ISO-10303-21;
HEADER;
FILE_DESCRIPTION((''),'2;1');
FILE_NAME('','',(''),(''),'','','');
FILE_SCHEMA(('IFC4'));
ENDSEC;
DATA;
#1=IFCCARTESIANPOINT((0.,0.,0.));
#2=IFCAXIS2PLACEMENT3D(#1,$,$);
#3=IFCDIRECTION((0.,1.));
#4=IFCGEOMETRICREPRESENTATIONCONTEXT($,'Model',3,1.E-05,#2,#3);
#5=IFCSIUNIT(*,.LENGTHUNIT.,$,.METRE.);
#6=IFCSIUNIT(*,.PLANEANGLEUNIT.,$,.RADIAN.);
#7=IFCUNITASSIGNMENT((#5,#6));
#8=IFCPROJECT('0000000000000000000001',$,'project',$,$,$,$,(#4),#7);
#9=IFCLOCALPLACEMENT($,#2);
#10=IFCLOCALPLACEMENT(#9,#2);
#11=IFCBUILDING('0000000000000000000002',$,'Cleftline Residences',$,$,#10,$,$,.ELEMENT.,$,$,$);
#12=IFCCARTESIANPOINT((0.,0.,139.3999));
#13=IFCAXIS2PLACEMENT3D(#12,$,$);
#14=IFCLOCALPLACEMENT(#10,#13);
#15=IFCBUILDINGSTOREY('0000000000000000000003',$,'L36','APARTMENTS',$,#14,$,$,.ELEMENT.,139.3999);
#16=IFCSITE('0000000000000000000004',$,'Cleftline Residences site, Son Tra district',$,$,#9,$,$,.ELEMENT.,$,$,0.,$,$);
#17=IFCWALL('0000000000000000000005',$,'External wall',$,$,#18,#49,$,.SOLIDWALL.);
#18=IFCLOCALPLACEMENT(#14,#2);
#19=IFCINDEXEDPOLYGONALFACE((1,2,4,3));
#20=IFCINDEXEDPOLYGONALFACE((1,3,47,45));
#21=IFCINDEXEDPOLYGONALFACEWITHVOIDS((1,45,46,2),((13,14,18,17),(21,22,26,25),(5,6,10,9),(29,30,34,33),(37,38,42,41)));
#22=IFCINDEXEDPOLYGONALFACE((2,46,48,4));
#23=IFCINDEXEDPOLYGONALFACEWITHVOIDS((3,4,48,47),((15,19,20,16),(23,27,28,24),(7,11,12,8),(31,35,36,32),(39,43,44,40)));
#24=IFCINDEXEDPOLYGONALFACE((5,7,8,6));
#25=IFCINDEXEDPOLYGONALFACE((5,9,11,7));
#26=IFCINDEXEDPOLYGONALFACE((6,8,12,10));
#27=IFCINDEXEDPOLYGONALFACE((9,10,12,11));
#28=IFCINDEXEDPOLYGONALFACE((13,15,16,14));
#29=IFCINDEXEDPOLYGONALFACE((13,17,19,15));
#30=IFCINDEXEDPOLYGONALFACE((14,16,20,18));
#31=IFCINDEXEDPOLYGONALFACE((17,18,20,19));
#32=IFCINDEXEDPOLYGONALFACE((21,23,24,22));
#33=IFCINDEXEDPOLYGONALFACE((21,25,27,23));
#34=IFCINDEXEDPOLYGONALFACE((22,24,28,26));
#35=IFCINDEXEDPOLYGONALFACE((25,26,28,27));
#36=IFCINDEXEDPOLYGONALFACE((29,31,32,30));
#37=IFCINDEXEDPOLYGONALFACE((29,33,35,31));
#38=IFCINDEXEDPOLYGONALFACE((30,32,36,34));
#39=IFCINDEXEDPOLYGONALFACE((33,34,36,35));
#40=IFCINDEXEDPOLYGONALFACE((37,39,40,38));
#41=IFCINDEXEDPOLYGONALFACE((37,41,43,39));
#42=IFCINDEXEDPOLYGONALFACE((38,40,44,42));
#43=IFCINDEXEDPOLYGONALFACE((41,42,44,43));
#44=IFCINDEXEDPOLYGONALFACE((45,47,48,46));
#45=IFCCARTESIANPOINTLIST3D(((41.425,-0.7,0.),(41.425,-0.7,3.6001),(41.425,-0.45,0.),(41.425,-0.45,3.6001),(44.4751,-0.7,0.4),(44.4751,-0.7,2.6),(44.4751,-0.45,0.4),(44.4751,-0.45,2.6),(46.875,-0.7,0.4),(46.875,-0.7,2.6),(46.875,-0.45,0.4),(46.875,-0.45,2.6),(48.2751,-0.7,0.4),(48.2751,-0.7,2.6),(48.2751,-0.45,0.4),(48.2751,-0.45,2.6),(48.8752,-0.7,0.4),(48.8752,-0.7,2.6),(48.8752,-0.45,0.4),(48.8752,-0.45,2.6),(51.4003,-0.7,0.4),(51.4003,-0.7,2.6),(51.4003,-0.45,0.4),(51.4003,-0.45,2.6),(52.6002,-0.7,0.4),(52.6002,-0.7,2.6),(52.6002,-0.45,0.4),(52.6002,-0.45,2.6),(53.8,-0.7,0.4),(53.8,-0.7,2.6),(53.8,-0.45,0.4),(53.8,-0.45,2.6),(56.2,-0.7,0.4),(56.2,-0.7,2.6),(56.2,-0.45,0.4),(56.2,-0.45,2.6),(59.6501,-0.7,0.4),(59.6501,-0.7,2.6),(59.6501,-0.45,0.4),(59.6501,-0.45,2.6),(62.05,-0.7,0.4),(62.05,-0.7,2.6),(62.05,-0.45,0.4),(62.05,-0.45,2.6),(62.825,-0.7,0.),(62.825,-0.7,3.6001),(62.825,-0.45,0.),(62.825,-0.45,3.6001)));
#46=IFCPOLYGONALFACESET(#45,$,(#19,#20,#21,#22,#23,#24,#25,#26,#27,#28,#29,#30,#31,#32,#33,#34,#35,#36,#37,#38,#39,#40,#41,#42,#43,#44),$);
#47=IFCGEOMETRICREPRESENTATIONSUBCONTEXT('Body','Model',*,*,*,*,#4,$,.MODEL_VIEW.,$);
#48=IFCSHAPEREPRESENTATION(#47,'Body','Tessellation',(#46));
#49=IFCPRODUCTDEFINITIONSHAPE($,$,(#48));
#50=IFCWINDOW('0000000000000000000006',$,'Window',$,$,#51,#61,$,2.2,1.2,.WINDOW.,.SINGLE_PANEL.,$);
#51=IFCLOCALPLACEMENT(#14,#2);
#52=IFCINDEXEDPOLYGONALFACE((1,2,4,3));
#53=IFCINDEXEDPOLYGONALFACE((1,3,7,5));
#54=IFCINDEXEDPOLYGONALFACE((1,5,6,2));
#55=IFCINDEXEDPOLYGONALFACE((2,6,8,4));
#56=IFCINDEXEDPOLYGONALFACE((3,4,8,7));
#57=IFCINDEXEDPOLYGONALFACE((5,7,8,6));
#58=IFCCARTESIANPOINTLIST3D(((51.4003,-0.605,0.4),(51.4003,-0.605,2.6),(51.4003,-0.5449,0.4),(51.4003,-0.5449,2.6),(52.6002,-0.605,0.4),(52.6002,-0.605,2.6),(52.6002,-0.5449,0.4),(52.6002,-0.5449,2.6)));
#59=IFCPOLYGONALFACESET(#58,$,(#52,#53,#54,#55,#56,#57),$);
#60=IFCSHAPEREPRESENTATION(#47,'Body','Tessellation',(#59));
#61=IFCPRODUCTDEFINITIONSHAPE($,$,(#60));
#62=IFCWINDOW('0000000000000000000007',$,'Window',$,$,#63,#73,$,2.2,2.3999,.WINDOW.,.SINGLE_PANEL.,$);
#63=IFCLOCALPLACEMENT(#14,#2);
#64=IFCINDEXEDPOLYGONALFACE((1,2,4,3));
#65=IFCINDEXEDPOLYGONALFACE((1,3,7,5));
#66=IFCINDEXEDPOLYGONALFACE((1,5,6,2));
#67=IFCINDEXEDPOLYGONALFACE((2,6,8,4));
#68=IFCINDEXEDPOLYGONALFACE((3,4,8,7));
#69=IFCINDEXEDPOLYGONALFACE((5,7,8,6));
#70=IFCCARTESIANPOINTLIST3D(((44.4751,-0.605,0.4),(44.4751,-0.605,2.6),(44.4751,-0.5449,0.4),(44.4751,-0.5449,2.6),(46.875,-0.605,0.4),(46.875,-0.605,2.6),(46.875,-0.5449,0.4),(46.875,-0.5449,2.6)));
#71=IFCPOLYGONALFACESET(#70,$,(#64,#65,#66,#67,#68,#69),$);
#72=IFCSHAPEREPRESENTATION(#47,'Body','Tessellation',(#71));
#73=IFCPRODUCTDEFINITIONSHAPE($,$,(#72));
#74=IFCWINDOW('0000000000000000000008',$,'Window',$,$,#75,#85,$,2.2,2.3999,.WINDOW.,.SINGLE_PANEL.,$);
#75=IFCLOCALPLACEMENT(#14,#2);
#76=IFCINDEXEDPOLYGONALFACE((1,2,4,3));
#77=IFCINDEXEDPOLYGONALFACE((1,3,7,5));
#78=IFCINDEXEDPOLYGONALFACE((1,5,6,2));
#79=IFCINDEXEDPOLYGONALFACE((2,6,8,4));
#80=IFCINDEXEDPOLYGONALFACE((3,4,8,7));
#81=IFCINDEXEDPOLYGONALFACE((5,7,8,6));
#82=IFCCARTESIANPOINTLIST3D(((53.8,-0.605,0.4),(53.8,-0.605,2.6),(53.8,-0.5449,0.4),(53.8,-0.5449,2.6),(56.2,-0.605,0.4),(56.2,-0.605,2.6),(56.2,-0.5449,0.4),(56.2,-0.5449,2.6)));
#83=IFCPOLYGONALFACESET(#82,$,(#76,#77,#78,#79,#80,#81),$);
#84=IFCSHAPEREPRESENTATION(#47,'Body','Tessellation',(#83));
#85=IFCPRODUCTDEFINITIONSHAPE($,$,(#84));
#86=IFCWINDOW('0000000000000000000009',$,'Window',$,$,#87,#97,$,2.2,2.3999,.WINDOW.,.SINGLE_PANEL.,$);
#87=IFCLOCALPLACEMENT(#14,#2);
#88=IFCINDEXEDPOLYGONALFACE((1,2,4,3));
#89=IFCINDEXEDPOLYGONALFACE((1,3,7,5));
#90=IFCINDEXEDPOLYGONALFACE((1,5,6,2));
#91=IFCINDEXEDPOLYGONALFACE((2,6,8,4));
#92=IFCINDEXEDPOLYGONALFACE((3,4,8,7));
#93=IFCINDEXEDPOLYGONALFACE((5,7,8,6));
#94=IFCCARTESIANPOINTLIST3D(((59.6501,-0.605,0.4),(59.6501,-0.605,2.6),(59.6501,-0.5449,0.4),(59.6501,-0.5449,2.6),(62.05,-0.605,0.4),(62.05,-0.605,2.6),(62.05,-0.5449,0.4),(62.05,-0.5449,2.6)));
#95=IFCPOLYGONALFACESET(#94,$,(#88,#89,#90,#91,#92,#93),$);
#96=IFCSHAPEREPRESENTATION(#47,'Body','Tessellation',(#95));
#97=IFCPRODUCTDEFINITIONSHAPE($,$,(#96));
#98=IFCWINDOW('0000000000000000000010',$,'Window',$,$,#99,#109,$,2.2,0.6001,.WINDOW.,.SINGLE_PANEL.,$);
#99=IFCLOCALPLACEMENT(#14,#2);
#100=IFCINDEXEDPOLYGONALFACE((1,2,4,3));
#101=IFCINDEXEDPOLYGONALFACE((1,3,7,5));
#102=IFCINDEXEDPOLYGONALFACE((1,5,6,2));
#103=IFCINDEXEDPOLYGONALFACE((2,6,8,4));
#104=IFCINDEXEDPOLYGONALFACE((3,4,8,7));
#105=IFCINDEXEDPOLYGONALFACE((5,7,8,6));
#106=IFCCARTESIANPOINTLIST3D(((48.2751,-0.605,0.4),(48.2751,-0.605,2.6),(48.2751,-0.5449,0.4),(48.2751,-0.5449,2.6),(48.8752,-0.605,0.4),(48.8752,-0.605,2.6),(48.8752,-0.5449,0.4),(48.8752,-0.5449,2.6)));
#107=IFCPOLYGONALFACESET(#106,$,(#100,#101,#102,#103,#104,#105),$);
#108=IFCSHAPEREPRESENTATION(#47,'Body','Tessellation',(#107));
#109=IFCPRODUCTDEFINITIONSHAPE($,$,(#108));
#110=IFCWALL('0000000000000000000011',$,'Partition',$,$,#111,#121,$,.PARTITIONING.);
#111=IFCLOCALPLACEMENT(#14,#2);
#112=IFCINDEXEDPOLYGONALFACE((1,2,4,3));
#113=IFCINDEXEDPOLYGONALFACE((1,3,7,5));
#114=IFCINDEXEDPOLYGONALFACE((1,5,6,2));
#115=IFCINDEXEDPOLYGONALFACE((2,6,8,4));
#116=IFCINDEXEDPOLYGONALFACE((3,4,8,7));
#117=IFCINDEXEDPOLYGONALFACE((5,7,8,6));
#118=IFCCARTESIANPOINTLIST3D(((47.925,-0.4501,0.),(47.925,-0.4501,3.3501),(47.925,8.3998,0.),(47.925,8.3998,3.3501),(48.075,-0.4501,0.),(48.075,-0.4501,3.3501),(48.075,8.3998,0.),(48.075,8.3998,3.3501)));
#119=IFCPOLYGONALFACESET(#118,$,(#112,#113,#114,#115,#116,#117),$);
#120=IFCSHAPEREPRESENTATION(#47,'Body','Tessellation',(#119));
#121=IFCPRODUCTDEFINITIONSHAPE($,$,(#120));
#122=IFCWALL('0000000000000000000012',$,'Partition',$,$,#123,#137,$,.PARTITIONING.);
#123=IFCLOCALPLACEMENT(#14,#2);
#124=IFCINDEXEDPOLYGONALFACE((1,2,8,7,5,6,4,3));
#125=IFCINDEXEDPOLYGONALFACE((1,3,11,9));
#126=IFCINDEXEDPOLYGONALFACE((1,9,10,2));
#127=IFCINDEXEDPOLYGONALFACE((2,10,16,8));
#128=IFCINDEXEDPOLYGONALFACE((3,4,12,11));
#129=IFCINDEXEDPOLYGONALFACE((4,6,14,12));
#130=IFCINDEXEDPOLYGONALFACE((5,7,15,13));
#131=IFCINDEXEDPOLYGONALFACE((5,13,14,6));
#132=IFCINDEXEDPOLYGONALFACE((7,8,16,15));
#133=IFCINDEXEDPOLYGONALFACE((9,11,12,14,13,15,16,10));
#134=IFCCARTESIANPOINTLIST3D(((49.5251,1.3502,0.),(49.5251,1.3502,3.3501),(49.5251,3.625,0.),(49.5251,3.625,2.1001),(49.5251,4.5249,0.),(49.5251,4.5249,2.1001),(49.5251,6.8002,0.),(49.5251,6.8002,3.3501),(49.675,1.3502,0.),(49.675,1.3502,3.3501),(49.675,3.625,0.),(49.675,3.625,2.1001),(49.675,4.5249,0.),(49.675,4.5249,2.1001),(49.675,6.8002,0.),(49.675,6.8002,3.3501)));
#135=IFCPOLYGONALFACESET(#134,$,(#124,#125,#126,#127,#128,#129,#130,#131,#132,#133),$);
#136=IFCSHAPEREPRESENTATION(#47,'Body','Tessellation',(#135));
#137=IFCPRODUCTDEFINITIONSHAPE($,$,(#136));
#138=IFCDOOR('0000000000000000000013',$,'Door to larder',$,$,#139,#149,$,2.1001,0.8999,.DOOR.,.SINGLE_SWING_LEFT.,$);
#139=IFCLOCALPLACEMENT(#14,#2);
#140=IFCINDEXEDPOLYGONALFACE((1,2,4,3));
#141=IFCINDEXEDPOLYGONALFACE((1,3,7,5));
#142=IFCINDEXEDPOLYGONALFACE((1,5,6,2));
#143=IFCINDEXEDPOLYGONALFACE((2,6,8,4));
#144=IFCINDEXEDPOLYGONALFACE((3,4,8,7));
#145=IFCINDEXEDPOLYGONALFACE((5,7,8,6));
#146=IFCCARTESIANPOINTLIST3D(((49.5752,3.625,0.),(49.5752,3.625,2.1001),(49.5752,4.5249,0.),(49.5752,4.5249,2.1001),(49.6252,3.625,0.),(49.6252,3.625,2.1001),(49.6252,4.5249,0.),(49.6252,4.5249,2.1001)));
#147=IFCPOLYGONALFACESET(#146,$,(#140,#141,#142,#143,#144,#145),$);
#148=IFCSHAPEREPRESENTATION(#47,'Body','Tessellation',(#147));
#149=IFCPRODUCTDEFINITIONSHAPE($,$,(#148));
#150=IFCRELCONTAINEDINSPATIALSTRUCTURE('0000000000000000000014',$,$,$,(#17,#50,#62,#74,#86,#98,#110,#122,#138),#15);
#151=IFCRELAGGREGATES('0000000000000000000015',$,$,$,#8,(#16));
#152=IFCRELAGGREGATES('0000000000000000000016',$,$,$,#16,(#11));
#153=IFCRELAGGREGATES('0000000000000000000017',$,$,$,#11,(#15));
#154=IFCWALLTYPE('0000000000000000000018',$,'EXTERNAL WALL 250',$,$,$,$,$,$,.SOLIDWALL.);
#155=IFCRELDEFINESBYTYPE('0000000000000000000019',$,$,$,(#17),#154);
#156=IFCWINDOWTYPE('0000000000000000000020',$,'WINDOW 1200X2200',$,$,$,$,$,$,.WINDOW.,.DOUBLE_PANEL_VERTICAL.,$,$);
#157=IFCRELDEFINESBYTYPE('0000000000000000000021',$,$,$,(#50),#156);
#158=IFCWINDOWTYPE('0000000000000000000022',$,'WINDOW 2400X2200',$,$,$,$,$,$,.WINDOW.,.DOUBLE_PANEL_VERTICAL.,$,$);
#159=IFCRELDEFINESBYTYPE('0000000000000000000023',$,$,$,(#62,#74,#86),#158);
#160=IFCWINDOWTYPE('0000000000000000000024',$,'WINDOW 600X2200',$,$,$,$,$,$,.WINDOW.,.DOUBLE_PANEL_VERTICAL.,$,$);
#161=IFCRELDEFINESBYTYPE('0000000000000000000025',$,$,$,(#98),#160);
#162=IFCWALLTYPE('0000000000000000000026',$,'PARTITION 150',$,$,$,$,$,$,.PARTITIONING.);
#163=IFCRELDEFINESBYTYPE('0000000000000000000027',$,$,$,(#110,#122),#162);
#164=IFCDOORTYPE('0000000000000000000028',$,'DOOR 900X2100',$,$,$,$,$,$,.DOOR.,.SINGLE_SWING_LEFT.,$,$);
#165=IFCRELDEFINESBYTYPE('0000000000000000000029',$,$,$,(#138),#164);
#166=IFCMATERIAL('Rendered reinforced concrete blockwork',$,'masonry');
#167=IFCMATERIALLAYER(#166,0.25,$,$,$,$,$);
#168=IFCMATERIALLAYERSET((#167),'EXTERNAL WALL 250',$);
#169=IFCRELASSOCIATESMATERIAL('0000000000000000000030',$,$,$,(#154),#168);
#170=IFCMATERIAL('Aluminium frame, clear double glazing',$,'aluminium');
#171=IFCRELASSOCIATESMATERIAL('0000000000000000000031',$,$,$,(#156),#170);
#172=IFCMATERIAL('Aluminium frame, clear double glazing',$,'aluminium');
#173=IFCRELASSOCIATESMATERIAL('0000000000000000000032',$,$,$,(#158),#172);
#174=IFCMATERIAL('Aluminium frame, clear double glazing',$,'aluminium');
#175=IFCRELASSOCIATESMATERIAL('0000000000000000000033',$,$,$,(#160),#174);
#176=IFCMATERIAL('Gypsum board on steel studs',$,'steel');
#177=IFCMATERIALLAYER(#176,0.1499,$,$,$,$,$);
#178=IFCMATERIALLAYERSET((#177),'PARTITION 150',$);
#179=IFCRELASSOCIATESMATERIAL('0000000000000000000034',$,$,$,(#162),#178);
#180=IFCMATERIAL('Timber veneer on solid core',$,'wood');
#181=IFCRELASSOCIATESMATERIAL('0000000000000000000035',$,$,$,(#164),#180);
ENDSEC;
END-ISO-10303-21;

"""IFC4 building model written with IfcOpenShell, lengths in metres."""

from ifc_helpers import new_model, si_unit, direction, frame, frame_2d, origin, place, context, subcontext, project, spatial, rectangle, extrude, material, layer, layer_set, type_object, element, fill, save


model = new_model("IFC4")

# Units and contexts
model_context = context("Model", 3, precision=1e-05, world=origin(), true_north=direction((0.0, 1.0)))
body_context = subcontext(model_context, "Body", "Model", "MODEL_VIEW")
ifc_project = project(units=[si_unit("LENGTHUNIT", "METRE"), si_unit("PLANEANGLEUNIT", "RADIAN")], contexts=[model_context])

# Site, building, storey
site_placement = place(None, origin())
site = spatial("IfcSite", under=ifc_project, at=site_placement, Name="Cleftline Residences site, Son Tra district", CompositionType="ELEMENT", RefElevation=0.0)
building_placement = place(site_placement, origin())
building = spatial("IfcBuilding", under=site, at=building_placement, Name="Cleftline Residences", CompositionType="ELEMENT")
storey_placement = place(building_placement, frame((0.0, 0.0, 139.3999)))
storey = spatial("IfcBuildingStorey", under=building, at=storey_placement, Name="L36", Description="APARTMENTS", CompositionType="ELEMENT", Elevation=139.3999)

# Wall, openings, windows
ifc_material_1 = material(Name="Rendered reinforced concrete blockwork", Category="masonry")
ifc_layer_1 = layer(ifc_material_1, 0.25)
ifc_layer_set_1 = layer_set([ifc_layer_1], Name="EXTERNAL WALL 250")
wall_type_1 = type_object("IfcWallType", Name="EXTERNAL WALL 250", PredefinedType="SOLIDWALL", material=ifc_layer_set_1)
wall_1_placement = place(storey_placement, frame((41.425, -0.575, 0.0), z_axis=(0.0, 0.0, 1.0), x_axis=(1.0, 0.0, 0.0)))
wall_1 = element("IfcWall", 1, at=wall_1_placement, inside=storey, type_object=wall_type_1, Name="External wall", PredefinedType="SOLIDWALL", context=body_context, shape_type="SweptSolid", body=[
    extrude(rectangle(XDim=21.3999, YDim=0.25, at=frame_2d((10.7, 0.0))), origin(), (0.0, 0.0, 1.0), 3.6001),
])
opening_1_placement = place(wall_1_placement, frame((3.05, 0.0, 0.3999)))
opening_1 = element("IfcOpeningElement", 2, at=opening_1_placement, cuts=wall_1, PredefinedType="OPENING", context=body_context, shape_type="SweptSolid", body=[
    extrude(rectangle(XDim=2.3999, YDim=2.2, at=frame_2d((1.2, 1.1001))), frame((0.0, 0.135, 0.0), z_axis=(0.0, -1.0, 0.0), x_axis=(1.0, 0.0, 0.0)), (0.0, 0.0, 1.0), 0.27),
])
opening_2_placement = place(wall_1_placement, frame((6.8501, 0.0, 0.3999)))
opening_2 = element("IfcOpeningElement", 3, at=opening_2_placement, cuts=wall_1, PredefinedType="OPENING", context=body_context, shape_type="SweptSolid", body=[
    extrude(rectangle(XDim=0.6001, YDim=2.2, at=frame_2d((0.3, 1.1001))), frame((0.0, 0.135, 0.0), z_axis=(0.0, -1.0, 0.0), x_axis=(1.0, 0.0, 0.0)), (0.0, 0.0, 1.0), 0.27),
])
opening_3_placement = place(wall_1_placement, frame((9.9751, 0.0, 0.3999)))
opening_3 = element("IfcOpeningElement", 4, at=opening_3_placement, cuts=wall_1, PredefinedType="OPENING", context=body_context, shape_type="SweptSolid", body=[
    extrude(rectangle(XDim=1.2, YDim=2.2, at=frame_2d((0.6001, 1.1001))), frame((0.0, 0.135, 0.0), z_axis=(0.0, -1.0, 0.0), x_axis=(1.0, 0.0, 0.0)), (0.0, 0.0, 1.0), 0.27),
])
opening_4_placement = place(wall_1_placement, frame((12.375, 0.0, 0.3999)))
opening_4 = element("IfcOpeningElement", 5, at=opening_4_placement, cuts=wall_1, PredefinedType="OPENING", context=body_context, shape_type="SweptSolid", body=[
    extrude(rectangle(XDim=2.3999, YDim=2.2, at=frame_2d((1.2, 1.1001))), frame((0.0, 0.135, 0.0), z_axis=(0.0, -1.0, 0.0), x_axis=(1.0, 0.0, 0.0)), (0.0, 0.0, 1.0), 0.27),
])
opening_5_placement = place(wall_1_placement, frame((18.2251, 0.0, 0.3999)))
opening_5 = element("IfcOpeningElement", 6, at=opening_5_placement, cuts=wall_1, PredefinedType="OPENING", context=body_context, shape_type="SweptSolid", body=[
    extrude(rectangle(XDim=2.3999, YDim=2.2, at=frame_2d((1.2, 1.1001))), frame((0.0, 0.135, 0.0), z_axis=(0.0, -1.0, 0.0), x_axis=(1.0, 0.0, 0.0)), (0.0, 0.0, 1.0), 0.27),
])
ifc_material_2 = material(Name="Aluminium frame, clear double glazing", Category="aluminium")
window_type_1 = type_object("IfcWindowType", Name="WINDOW 1200X2200", PartitioningType="DOUBLE_PANEL_VERTICAL", PredefinedType="WINDOW", material=ifc_material_2)
window_1_placement = place(opening_3_placement, origin())
window_1 = element("IfcWindow", 7, at=window_1_placement, inside=storey, type_object=window_type_1, Name="Window", OverallHeight=2.2, OverallWidth=1.2, PartitioningType="SINGLE_PANEL", PredefinedType="WINDOW", context=body_context, shape_type="SweptSolid", body=[
    extrude(rectangle(XDim=1.2, YDim=2.2, at=frame_2d((0.6001, 1.1001))), frame((0.0, 0.03, 0.0), z_axis=(0.0, -1.0, 0.0), x_axis=(1.0, 0.0, 0.0)), (0.0, 0.0, 1.0), 0.0601),
])
fill(opening_3, window_1)
ifc_material_3 = material(Name="Aluminium frame, clear double glazing", Category="aluminium")
window_type_2 = type_object("IfcWindowType", Name="WINDOW 2400X2200", PartitioningType="DOUBLE_PANEL_VERTICAL", PredefinedType="WINDOW", material=ifc_material_3)
window_2_placement = place(opening_1_placement, origin())
window_2 = element("IfcWindow", 8, at=window_2_placement, inside=storey, type_object=window_type_2, Name="Window", OverallHeight=2.2, OverallWidth=2.3999, PartitioningType="SINGLE_PANEL", PredefinedType="WINDOW", context=body_context, shape_type="SweptSolid", body=[
    extrude(rectangle(XDim=2.3999, YDim=2.2, at=frame_2d((1.2, 1.1001))), frame((0.0, 0.03, 0.0), z_axis=(0.0, -1.0, 0.0), x_axis=(1.0, 0.0, 0.0)), (0.0, 0.0, 1.0), 0.0601),
])
fill(opening_1, window_2)
window_3_placement = place(opening_4_placement, origin())
window_3 = element("IfcWindow", 9, at=window_3_placement, inside=storey, type_object=window_type_2, Name="Window", OverallHeight=2.2, OverallWidth=2.3999, PartitioningType="SINGLE_PANEL", PredefinedType="WINDOW", context=body_context, shape_type="SweptSolid", body=[
    extrude(rectangle(XDim=2.3999, YDim=2.2, at=frame_2d((1.2, 1.1001))), frame((0.0, 0.03, 0.0), z_axis=(0.0, -1.0, 0.0), x_axis=(1.0, 0.0, 0.0)), (0.0, 0.0, 1.0), 0.0601),
])
fill(opening_4, window_3)
window_4_placement = place(opening_5_placement, origin())
window_4 = element("IfcWindow", 10, at=window_4_placement, inside=storey, type_object=window_type_2, Name="Window", OverallHeight=2.2, OverallWidth=2.3999, PartitioningType="SINGLE_PANEL", PredefinedType="WINDOW", context=body_context, shape_type="SweptSolid", body=[
    extrude(rectangle(XDim=2.3999, YDim=2.2, at=frame_2d((1.2, 1.1001))), frame((0.0, 0.03, 0.0), z_axis=(0.0, -1.0, 0.0), x_axis=(1.0, 0.0, 0.0)), (0.0, 0.0, 1.0), 0.0601),
])
fill(opening_5, window_4)
ifc_material_4 = material(Name="Aluminium frame, clear double glazing", Category="aluminium")
window_type_3 = type_object("IfcWindowType", Name="WINDOW 600X2200", PartitioningType="DOUBLE_PANEL_VERTICAL", PredefinedType="WINDOW", material=ifc_material_4)
window_5_placement = place(opening_2_placement, origin())
window_5 = element("IfcWindow", 11, at=window_5_placement, inside=storey, type_object=window_type_3, Name="Window", OverallHeight=2.2, OverallWidth=0.6001, PartitioningType="SINGLE_PANEL", PredefinedType="WINDOW", context=body_context, shape_type="SweptSolid", body=[
    extrude(rectangle(XDim=0.6001, YDim=2.2, at=frame_2d((0.3, 1.1001))), frame((0.0, 0.03, 0.0), z_axis=(0.0, -1.0, 0.0), x_axis=(1.0, 0.0, 0.0)), (0.0, 0.0, 1.0), 0.0601),
])
fill(opening_2, window_5)

# Wall
ifc_material_5 = material(Name="Gypsum board on steel studs", Category="steel")
ifc_layer_2 = layer(ifc_material_5, 0.1499)
ifc_layer_set_2 = layer_set([ifc_layer_2], Name="PARTITION 150")
wall_type_2 = type_object("IfcWallType", Name="PARTITION 150", PredefinedType="PARTITIONING", material=ifc_layer_set_2)
wall_2_placement = place(storey_placement, frame((48.0, -0.45, 0.0), z_axis=(0.0, 0.0, 1.0), x_axis=(0.0, 1.0, 0.0)))
element("IfcWall", 12, at=wall_2_placement, inside=storey, type_object=wall_type_2, Name="Partition", PredefinedType="PARTITIONING", context=body_context, shape_type="SweptSolid", body=[
    extrude(rectangle(XDim=8.8499, YDim=0.1499, at=frame_2d((4.4248, 0.0))), origin(), (0.0, 0.0, 1.0), 3.3501),
])

# Wall, opening, door
wall_3_placement = place(storey_placement, frame((49.6001, 1.3501, 0.0), z_axis=(0.0, 0.0, 1.0), x_axis=(0.0, 1.0, 0.0)))
wall_3 = element("IfcWall", 13, at=wall_3_placement, inside=storey, type_object=wall_type_2, Name="Partition", PredefinedType="PARTITIONING", context=body_context, shape_type="SweptSolid", body=[
    extrude(rectangle(XDim=5.45, YDim=0.1499, at=frame_2d((2.7251, 0.0))), origin(), (0.0, 0.0, 1.0), 3.3501),
])
opening_6_placement = place(wall_3_placement, frame((2.2749, 0.0, 0.0)))
opening_6 = element("IfcOpeningElement", 14, at=opening_6_placement, cuts=wall_3, PredefinedType="OPENING", context=body_context, shape_type="SweptSolid", body=[
    extrude(rectangle(XDim=0.8999, YDim=2.1001, at=frame_2d((0.45, 1.05))), frame((0.0, 0.085, 0.0), z_axis=(0.0, -1.0, 0.0), x_axis=(1.0, 0.0, 0.0)), (0.0, 0.0, 1.0), 0.1699),
])
ifc_material_6 = material(Name="Timber veneer on solid core", Category="wood")
door_type = type_object("IfcDoorType", Name="DOOR 900X2100", OperationType="SINGLE_SWING_LEFT", PredefinedType="DOOR", material=ifc_material_6)
door_placement = place(opening_6_placement, origin())
door = element("IfcDoor", 15, at=door_placement, inside=storey, type_object=door_type, Name="Door to larder", OperationType="SINGLE_SWING_LEFT", OverallHeight=2.1001, OverallWidth=0.8999, PredefinedType="DOOR", context=body_context, shape_type="SweptSolid", body=[
    extrude(rectangle(XDim=0.8999, YDim=2.1001, at=frame_2d((0.45, 1.05))), frame((0.0, 0.0249, 0.0), z_axis=(0.0, -1.0, 0.0), x_axis=(1.0, 0.0, 0.0)), (0.0, 0.0, 1.0), 0.05),
])
fill(opening_6, door)

save(model, "model.ifc")
